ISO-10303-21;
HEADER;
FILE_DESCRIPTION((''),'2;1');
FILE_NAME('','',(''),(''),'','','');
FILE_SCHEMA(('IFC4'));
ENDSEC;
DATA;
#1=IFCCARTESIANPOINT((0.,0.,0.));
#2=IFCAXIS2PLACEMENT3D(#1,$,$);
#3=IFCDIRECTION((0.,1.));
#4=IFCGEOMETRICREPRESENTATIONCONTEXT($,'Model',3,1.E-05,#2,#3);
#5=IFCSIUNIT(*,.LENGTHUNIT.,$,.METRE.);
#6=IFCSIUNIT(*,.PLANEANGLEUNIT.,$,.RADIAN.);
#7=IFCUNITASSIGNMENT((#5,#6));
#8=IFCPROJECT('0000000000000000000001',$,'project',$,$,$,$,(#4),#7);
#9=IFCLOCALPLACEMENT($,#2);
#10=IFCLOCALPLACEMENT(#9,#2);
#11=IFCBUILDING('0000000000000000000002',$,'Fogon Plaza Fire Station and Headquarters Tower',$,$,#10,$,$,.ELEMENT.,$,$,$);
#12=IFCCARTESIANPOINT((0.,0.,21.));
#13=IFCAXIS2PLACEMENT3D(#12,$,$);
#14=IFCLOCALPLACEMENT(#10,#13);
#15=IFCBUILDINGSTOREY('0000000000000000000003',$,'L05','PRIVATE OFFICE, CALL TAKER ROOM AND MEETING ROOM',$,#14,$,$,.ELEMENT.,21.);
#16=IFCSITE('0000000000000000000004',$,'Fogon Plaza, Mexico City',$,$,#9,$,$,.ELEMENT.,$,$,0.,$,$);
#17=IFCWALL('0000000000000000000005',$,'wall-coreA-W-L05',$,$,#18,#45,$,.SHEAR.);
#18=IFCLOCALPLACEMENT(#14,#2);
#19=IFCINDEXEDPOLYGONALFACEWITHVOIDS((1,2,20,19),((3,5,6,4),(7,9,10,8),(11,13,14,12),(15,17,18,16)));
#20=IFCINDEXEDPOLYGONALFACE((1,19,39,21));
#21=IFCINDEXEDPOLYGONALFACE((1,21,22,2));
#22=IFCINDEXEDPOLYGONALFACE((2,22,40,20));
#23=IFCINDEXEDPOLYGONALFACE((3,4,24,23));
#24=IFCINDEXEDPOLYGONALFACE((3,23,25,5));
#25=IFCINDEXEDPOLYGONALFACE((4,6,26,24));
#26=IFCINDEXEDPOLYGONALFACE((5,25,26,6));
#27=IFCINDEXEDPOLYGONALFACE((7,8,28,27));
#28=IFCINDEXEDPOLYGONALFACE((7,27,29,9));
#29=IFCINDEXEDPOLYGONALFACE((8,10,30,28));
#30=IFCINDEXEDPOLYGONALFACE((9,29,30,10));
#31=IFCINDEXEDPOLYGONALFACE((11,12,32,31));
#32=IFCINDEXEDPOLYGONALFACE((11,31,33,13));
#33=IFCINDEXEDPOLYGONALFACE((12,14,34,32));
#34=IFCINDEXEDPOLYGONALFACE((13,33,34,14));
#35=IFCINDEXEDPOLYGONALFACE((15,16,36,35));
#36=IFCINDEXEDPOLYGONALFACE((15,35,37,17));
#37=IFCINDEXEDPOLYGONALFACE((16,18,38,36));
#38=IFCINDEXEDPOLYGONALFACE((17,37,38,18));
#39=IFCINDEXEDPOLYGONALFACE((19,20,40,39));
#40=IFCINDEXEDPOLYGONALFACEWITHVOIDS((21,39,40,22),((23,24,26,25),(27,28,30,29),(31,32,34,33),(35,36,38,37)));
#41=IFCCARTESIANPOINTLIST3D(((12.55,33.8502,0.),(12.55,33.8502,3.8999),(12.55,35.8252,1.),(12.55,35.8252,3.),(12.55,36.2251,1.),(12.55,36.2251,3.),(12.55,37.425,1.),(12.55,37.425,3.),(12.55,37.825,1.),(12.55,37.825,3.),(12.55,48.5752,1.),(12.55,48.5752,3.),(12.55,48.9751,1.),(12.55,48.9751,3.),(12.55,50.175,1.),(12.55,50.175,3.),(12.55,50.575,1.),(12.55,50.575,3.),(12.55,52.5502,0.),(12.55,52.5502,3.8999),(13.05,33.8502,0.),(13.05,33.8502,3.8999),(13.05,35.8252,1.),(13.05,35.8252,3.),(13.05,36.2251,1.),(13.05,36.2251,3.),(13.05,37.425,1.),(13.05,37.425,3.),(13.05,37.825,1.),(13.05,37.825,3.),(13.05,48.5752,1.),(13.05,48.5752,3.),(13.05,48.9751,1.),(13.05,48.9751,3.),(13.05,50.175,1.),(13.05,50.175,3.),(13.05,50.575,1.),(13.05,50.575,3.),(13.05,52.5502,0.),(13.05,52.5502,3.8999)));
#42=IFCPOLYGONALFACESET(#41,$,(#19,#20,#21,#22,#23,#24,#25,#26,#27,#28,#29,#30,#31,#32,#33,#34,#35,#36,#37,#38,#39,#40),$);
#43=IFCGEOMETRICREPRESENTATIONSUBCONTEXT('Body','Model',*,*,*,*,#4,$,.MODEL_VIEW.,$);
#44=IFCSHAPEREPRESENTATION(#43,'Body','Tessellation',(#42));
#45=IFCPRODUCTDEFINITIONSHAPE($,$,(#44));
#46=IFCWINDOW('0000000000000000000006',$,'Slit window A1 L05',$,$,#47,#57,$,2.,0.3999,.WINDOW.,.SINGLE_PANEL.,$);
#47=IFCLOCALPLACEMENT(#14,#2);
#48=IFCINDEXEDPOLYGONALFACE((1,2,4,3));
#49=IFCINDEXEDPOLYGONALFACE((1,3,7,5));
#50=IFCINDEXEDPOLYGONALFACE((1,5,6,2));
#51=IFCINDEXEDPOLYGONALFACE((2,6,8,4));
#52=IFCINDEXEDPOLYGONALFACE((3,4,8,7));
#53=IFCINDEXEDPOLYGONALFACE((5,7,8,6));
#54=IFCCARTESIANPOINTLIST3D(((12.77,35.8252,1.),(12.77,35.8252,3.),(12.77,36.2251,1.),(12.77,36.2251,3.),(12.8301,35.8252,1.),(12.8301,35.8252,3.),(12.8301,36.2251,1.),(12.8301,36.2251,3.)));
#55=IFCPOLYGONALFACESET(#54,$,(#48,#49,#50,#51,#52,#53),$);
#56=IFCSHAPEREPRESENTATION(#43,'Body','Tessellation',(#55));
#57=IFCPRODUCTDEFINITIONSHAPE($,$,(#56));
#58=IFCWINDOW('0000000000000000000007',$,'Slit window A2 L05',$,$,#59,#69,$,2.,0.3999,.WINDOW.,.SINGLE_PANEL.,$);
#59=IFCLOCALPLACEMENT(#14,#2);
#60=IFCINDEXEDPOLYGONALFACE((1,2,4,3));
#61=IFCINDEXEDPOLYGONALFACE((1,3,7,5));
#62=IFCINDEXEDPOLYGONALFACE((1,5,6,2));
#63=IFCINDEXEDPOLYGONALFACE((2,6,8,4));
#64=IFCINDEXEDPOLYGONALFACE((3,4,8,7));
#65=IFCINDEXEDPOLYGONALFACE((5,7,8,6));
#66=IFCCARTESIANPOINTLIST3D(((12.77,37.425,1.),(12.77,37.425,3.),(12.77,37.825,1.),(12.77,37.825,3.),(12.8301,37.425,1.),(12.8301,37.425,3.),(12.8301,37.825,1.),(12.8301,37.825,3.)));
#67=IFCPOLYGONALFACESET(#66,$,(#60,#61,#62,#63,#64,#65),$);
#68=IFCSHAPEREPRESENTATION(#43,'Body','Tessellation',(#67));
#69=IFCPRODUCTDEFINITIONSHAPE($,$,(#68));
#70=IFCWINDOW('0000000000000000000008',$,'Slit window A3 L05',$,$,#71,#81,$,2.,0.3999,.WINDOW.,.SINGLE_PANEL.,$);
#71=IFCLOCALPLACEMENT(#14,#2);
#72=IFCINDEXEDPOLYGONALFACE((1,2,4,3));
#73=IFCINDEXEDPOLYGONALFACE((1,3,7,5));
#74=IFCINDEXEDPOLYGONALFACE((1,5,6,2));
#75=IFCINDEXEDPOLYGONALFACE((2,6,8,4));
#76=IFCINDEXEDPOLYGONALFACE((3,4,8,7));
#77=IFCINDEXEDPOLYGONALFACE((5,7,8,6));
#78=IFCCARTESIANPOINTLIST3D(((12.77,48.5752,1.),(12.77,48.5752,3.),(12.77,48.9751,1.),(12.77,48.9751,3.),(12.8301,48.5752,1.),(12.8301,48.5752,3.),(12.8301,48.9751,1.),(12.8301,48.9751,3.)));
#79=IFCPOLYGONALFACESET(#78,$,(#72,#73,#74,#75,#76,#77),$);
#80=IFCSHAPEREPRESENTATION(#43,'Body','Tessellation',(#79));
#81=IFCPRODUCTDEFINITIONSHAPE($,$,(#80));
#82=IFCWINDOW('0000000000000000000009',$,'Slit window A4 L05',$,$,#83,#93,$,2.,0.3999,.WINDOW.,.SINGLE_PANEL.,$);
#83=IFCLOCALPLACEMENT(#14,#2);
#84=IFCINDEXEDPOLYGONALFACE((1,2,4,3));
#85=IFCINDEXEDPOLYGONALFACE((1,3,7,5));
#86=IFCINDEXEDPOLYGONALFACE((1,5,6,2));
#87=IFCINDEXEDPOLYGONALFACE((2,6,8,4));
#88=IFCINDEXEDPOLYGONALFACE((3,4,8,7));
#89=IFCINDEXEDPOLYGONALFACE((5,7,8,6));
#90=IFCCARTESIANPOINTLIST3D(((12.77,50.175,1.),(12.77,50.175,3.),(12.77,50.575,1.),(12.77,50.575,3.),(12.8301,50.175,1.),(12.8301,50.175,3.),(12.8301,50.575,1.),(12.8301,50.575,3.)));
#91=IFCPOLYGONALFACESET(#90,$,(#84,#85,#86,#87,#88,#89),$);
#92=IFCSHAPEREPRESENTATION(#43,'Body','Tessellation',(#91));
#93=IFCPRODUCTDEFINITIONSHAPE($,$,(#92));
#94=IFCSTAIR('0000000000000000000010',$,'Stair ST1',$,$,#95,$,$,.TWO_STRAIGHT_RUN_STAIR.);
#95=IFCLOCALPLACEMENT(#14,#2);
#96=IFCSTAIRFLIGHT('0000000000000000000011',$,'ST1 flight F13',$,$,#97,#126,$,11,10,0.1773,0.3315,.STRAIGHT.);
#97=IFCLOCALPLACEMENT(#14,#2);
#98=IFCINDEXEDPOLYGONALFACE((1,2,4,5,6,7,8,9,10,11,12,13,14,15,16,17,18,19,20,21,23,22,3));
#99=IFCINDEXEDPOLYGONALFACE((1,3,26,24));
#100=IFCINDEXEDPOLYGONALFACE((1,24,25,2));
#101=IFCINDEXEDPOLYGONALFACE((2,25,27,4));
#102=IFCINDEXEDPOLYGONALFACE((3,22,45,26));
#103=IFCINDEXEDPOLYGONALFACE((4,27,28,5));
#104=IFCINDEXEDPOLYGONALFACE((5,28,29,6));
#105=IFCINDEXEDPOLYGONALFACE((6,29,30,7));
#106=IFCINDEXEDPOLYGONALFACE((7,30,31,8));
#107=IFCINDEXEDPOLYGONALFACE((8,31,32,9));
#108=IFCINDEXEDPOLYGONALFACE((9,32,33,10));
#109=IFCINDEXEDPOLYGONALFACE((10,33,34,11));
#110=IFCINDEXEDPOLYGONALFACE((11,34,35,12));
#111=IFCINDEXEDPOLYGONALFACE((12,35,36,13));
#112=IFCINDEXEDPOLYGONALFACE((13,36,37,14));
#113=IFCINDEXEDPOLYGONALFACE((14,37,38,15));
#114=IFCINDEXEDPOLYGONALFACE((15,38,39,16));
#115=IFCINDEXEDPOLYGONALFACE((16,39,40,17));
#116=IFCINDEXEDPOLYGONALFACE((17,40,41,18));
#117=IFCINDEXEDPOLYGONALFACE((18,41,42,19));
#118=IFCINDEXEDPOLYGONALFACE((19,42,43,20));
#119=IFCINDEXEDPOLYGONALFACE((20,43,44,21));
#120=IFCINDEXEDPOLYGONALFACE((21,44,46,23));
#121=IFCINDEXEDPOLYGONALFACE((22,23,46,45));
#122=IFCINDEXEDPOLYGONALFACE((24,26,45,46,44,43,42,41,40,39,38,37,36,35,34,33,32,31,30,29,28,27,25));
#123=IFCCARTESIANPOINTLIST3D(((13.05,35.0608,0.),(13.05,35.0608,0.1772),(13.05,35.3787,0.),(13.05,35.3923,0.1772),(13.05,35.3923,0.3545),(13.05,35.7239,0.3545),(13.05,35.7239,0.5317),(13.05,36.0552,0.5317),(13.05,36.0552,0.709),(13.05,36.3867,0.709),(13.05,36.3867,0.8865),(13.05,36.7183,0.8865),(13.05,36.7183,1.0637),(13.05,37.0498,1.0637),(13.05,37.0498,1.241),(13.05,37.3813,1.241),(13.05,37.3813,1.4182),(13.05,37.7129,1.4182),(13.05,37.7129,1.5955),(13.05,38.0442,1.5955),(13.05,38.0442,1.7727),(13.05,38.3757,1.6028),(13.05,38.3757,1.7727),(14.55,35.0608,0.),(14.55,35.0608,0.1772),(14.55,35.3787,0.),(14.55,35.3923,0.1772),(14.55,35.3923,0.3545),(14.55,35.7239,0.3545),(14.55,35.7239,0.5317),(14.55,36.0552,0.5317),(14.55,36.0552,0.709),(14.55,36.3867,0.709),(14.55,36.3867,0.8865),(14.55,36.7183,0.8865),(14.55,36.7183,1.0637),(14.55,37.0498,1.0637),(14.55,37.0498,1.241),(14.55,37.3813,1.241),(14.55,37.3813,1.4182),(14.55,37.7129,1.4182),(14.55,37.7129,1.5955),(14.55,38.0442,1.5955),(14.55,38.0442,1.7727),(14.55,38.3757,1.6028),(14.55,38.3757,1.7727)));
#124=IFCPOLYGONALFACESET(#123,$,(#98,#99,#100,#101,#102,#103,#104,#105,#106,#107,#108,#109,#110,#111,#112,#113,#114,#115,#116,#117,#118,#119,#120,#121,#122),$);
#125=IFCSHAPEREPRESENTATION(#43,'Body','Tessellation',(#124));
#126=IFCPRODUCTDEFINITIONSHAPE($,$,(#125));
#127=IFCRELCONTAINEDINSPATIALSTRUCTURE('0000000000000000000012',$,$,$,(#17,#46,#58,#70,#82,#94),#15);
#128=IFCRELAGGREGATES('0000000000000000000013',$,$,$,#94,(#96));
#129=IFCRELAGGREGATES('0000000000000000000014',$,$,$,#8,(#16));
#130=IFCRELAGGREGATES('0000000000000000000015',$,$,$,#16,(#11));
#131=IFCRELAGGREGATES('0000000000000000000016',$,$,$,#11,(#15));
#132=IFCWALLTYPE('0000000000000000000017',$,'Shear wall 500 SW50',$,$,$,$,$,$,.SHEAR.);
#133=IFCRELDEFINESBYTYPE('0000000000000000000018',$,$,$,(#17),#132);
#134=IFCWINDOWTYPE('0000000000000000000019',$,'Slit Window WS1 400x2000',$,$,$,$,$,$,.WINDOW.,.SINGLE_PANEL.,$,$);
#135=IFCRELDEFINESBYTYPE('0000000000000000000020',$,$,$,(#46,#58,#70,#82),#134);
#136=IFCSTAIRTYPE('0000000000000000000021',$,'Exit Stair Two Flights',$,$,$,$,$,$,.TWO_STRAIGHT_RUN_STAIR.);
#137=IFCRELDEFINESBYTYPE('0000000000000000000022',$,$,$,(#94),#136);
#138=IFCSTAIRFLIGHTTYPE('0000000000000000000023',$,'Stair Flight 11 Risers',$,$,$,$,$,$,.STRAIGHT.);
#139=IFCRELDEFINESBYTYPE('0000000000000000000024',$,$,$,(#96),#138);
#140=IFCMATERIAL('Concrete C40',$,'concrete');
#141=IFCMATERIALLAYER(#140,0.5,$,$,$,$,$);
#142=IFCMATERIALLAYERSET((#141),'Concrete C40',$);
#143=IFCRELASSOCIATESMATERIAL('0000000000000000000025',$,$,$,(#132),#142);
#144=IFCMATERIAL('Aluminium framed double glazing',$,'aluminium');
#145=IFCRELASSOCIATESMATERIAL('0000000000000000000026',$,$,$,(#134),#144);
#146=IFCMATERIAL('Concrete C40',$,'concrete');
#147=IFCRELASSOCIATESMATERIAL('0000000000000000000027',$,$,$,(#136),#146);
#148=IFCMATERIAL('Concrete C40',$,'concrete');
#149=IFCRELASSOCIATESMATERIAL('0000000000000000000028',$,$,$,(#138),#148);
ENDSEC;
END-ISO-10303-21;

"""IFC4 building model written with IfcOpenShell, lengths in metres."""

from ifc_helpers import new_model, si_unit, direction, frame, frame_2d, origin, place, context, subcontext, project, spatial, polyline, rectangle, outline, extrude, material, layer, layer_set, type_object, element, fill, aggregate, save


model = new_model("IFC4")

# Units and contexts
model_context = context("Model", 3, precision=1e-05, world=origin(), true_north=direction((0.0, 1.0)))
body_context = subcontext(model_context, "Body", "Model", "MODEL_VIEW")
ifc_project = project(units=[si_unit("LENGTHUNIT", "METRE"), si_unit("PLANEANGLEUNIT", "RADIAN")], contexts=[model_context])

# Site, building, storey
site_placement = place(None, origin())
site = spatial("IfcSite", under=ifc_project, at=site_placement, Name="Fogon Plaza, Mexico City", CompositionType="ELEMENT", RefElevation=0.0)
building_placement = place(site_placement, origin())
building = spatial("IfcBuilding", under=site, at=building_placement, Name="Fogon Plaza Fire Station and Headquarters Tower", CompositionType="ELEMENT")
storey_placement = place(building_placement, frame((0.0, 0.0, 21.0)))
storey = spatial("IfcBuildingStorey", under=building, at=storey_placement, Name="L05", Description="PRIVATE OFFICE, CALL TAKER ROOM AND MEETING ROOM", CompositionType="ELEMENT", Elevation=21.0)

# Shared definitions
ifc_material_1 = material(Name="Concrete C40", Category="concrete")
ifc_layer_1 = layer(ifc_material_1, 0.5)
ifc_layer_set_1 = layer_set([ifc_layer_1], Name="Concrete C40")
wall_type_1 = type_object("IfcWallType", Name="Shear wall 500 SW50", PredefinedType="SHEAR", material=ifc_layer_set_1)
ifc_material_2 = material(Name="Aluminium framed double glazing", Category="aluminium")
window_type = type_object("IfcWindowType", Name="Slit Window WS1 400x2000", PartitioningType="SINGLE_PANEL", PredefinedType="WINDOW", material=ifc_material_2)

# Wall, openings, windows
wall_1_placement = place(storey_placement, frame((12.8, 33.8501, 0.0), z_axis=(0.0, 0.0, 1.0), x_axis=(0.0, 1.0, 0.0)))
wall_1 = element("IfcWall", 1, at=wall_1_placement, inside=storey, type_object=wall_type_1, Name="wall-coreA-W-L05", PredefinedType="SHEAR", context=body_context, shape_type="SweptSolid", body=[
    extrude(rectangle(XDim=18.7, YDim=0.5, at=frame_2d((9.3501, 0.0))), origin(), (0.0, 0.0, 1.0), 3.8999),
])
opening_1_placement = place(wall_1_placement, frame((1.9751, 0.0, 1.0)))
opening_1 = element("IfcOpeningElement", 2, at=opening_1_placement, cuts=wall_1, PredefinedType="OPENING", context=body_context, shape_type="SweptSolid", body=[
    extrude(rectangle(XDim=0.3999, YDim=2.0, at=frame_2d((0.2, 1.0))), frame((0.0, 0.26, 0.0), z_axis=(0.0, -1.0, 0.0), x_axis=(1.0, 0.0, 0.0)), (0.0, 0.0, 1.0), 0.52),
])
opening_2_placement = place(wall_1_placement, frame((3.575, 0.0, 1.0)))
opening_2 = element("IfcOpeningElement", 3, at=opening_2_placement, cuts=wall_1, PredefinedType="OPENING", context=body_context, shape_type="SweptSolid", body=[
    extrude(rectangle(XDim=0.3999, YDim=2.0, at=frame_2d((0.2, 1.0))), frame((0.0, 0.26, 0.0), z_axis=(0.0, -1.0, 0.0), x_axis=(1.0, 0.0, 0.0)), (0.0, 0.0, 1.0), 0.52),
])
opening_3_placement = place(wall_1_placement, frame((14.7251, 0.0, 1.0)))
opening_3 = element("IfcOpeningElement", 4, at=opening_3_placement, cuts=wall_1, PredefinedType="OPENING", context=body_context, shape_type="SweptSolid", body=[
    extrude(rectangle(XDim=0.3999, YDim=2.0, at=frame_2d((0.2, 1.0))), frame((0.0, 0.26, 0.0), z_axis=(0.0, -1.0, 0.0), x_axis=(1.0, 0.0, 0.0)), (0.0, 0.0, 1.0), 0.52),
])
opening_4_placement = place(wall_1_placement, frame((16.325, 0.0, 1.0)))
opening_4 = element("IfcOpeningElement", 5, at=opening_4_placement, cuts=wall_1, PredefinedType="OPENING", context=body_context, shape_type="SweptSolid", body=[
    extrude(rectangle(XDim=0.3999, YDim=2.0, at=frame_2d((0.2, 1.0))), frame((0.0, 0.26, 0.0), z_axis=(0.0, -1.0, 0.0), x_axis=(1.0, 0.0, 0.0)), (0.0, 0.0, 1.0), 0.52),
])
window_1_placement = place(opening_1_placement, origin())
window_1 = element("IfcWindow", 6, at=window_1_placement, inside=storey, type_object=window_type, Name="Slit window A1 L05", OverallHeight=2.0, OverallWidth=0.3999, PartitioningType="SINGLE_PANEL", PredefinedType="WINDOW", context=body_context, shape_type="SweptSolid", body=[
    extrude(rectangle(XDim=0.3999, YDim=2.0, at=frame_2d((0.2, 1.0))), frame((0.0, 0.03, 0.0), z_axis=(0.0, -1.0, 0.0), x_axis=(1.0, 0.0, 0.0)), (0.0, 0.0, 1.0), 0.0601),
])
fill(opening_1, window_1)
window_2_placement = place(opening_2_placement, origin())
window_2 = element("IfcWindow", 7, at=window_2_placement, inside=storey, type_object=window_type, Name="Slit window A2 L05", OverallHeight=2.0, OverallWidth=0.3999, PartitioningType="SINGLE_PANEL", PredefinedType="WINDOW", context=body_context, shape_type="SweptSolid", body=[
    extrude(rectangle(XDim=0.3999, YDim=2.0, at=frame_2d((0.2, 1.0))), frame((0.0, 0.03, 0.0), z_axis=(0.0, -1.0, 0.0), x_axis=(1.0, 0.0, 0.0)), (0.0, 0.0, 1.0), 0.0601),
])
fill(opening_2, window_2)
window_3_placement = place(opening_3_placement, origin())
window_3 = element("IfcWindow", 8, at=window_3_placement, inside=storey, type_object=window_type, Name="Slit window A3 L05", OverallHeight=2.0, OverallWidth=0.3999, PartitioningType="SINGLE_PANEL", PredefinedType="WINDOW", context=body_context, shape_type="SweptSolid", body=[
    extrude(rectangle(XDim=0.3999, YDim=2.0, at=frame_2d((0.2, 1.0))), frame((0.0, 0.03, 0.0), z_axis=(0.0, -1.0, 0.0), x_axis=(1.0, 0.0, 0.0)), (0.0, 0.0, 1.0), 0.0601),
])
fill(opening_3, window_3)
window_4_placement = place(opening_4_placement, origin())
window_4 = element("IfcWindow", 9, at=window_4_placement, inside=storey, type_object=window_type, Name="Slit window A4 L05", OverallHeight=2.0, OverallWidth=0.3999, PartitioningType="SINGLE_PANEL", PredefinedType="WINDOW", context=body_context, shape_type="SweptSolid", body=[
    extrude(rectangle(XDim=0.3999, YDim=2.0, at=frame_2d((0.2, 1.0))), frame((0.0, 0.03, 0.0), z_axis=(0.0, -1.0, 0.0), x_axis=(1.0, 0.0, 0.0)), (0.0, 0.0, 1.0), 0.0601),
])
fill(opening_4, window_4)

# Stair, stair flight
ifc_material_3 = material(Name="Concrete C40", Category="concrete")
stair_type = type_object("IfcStairType", Name="Exit Stair Two Flights", PredefinedType="TWO_STRAIGHT_RUN_STAIR", material=ifc_material_3)
stair_placement = place(storey_placement, origin())
stair = element("IfcStair", 10, at=stair_placement, inside=storey, type_object=stair_type, Name="Stair ST1", PredefinedType="TWO_STRAIGHT_RUN_STAIR")
ifc_material_4 = material(Name="Concrete C40", Category="concrete")
stair_flight_type = type_object("IfcStairFlightType", Name="Stair Flight 11 Risers", PredefinedType="STRAIGHT", material=ifc_material_4)
stair_flight_placement = place(storey_placement, frame((13.8, 35.0608, 0.0), z_axis=(0.0, 0.0, 1.0), x_axis=(0.0, 1.0, 0.0)))
stair_flight = element("IfcStairFlight", 11, at=stair_flight_placement, type_object=stair_flight_type, Name="ST1 flight F13", NumberOfRisers=11, NumberOfTreads=10, PredefinedType="STRAIGHT", RiserHeight=0.1773, TreadLength=0.3315, context=body_context, shape_type="SweptSolid", body=[
    extrude(outline(polyline([(0.0, 0.0), (0.0, 0.1772), (0.3315, 0.1772), (0.3315, 0.3545), (0.6631, 0.3545), (0.6631, 0.5317), (0.9944, 0.5317), (0.9944, 0.709), (1.3259, 0.709), (1.3259, 0.8865), (1.6575, 0.8865), (1.6575, 1.0637), (1.989, 1.0637), (1.989, 1.241), (2.3206, 1.241), (2.3206, 1.4182), (2.6521, 1.4182), (2.6521, 1.5955), (2.9834, 1.5955), (2.9834, 1.7727), (3.3149, 1.7727), (3.3149, 1.95), (3.3149, 1.6028), (0.3179, 0.0), (0.0, 0.0)])), frame((0.0, 0.75, 0.0), z_axis=(0.0, -1.0, 0.0), x_axis=(1.0, 0.0, 0.0)), (0.0, 0.0, 1.0), 1.5),
])
aggregate(stair, [stair_flight])

save(model, "model.ifc")
